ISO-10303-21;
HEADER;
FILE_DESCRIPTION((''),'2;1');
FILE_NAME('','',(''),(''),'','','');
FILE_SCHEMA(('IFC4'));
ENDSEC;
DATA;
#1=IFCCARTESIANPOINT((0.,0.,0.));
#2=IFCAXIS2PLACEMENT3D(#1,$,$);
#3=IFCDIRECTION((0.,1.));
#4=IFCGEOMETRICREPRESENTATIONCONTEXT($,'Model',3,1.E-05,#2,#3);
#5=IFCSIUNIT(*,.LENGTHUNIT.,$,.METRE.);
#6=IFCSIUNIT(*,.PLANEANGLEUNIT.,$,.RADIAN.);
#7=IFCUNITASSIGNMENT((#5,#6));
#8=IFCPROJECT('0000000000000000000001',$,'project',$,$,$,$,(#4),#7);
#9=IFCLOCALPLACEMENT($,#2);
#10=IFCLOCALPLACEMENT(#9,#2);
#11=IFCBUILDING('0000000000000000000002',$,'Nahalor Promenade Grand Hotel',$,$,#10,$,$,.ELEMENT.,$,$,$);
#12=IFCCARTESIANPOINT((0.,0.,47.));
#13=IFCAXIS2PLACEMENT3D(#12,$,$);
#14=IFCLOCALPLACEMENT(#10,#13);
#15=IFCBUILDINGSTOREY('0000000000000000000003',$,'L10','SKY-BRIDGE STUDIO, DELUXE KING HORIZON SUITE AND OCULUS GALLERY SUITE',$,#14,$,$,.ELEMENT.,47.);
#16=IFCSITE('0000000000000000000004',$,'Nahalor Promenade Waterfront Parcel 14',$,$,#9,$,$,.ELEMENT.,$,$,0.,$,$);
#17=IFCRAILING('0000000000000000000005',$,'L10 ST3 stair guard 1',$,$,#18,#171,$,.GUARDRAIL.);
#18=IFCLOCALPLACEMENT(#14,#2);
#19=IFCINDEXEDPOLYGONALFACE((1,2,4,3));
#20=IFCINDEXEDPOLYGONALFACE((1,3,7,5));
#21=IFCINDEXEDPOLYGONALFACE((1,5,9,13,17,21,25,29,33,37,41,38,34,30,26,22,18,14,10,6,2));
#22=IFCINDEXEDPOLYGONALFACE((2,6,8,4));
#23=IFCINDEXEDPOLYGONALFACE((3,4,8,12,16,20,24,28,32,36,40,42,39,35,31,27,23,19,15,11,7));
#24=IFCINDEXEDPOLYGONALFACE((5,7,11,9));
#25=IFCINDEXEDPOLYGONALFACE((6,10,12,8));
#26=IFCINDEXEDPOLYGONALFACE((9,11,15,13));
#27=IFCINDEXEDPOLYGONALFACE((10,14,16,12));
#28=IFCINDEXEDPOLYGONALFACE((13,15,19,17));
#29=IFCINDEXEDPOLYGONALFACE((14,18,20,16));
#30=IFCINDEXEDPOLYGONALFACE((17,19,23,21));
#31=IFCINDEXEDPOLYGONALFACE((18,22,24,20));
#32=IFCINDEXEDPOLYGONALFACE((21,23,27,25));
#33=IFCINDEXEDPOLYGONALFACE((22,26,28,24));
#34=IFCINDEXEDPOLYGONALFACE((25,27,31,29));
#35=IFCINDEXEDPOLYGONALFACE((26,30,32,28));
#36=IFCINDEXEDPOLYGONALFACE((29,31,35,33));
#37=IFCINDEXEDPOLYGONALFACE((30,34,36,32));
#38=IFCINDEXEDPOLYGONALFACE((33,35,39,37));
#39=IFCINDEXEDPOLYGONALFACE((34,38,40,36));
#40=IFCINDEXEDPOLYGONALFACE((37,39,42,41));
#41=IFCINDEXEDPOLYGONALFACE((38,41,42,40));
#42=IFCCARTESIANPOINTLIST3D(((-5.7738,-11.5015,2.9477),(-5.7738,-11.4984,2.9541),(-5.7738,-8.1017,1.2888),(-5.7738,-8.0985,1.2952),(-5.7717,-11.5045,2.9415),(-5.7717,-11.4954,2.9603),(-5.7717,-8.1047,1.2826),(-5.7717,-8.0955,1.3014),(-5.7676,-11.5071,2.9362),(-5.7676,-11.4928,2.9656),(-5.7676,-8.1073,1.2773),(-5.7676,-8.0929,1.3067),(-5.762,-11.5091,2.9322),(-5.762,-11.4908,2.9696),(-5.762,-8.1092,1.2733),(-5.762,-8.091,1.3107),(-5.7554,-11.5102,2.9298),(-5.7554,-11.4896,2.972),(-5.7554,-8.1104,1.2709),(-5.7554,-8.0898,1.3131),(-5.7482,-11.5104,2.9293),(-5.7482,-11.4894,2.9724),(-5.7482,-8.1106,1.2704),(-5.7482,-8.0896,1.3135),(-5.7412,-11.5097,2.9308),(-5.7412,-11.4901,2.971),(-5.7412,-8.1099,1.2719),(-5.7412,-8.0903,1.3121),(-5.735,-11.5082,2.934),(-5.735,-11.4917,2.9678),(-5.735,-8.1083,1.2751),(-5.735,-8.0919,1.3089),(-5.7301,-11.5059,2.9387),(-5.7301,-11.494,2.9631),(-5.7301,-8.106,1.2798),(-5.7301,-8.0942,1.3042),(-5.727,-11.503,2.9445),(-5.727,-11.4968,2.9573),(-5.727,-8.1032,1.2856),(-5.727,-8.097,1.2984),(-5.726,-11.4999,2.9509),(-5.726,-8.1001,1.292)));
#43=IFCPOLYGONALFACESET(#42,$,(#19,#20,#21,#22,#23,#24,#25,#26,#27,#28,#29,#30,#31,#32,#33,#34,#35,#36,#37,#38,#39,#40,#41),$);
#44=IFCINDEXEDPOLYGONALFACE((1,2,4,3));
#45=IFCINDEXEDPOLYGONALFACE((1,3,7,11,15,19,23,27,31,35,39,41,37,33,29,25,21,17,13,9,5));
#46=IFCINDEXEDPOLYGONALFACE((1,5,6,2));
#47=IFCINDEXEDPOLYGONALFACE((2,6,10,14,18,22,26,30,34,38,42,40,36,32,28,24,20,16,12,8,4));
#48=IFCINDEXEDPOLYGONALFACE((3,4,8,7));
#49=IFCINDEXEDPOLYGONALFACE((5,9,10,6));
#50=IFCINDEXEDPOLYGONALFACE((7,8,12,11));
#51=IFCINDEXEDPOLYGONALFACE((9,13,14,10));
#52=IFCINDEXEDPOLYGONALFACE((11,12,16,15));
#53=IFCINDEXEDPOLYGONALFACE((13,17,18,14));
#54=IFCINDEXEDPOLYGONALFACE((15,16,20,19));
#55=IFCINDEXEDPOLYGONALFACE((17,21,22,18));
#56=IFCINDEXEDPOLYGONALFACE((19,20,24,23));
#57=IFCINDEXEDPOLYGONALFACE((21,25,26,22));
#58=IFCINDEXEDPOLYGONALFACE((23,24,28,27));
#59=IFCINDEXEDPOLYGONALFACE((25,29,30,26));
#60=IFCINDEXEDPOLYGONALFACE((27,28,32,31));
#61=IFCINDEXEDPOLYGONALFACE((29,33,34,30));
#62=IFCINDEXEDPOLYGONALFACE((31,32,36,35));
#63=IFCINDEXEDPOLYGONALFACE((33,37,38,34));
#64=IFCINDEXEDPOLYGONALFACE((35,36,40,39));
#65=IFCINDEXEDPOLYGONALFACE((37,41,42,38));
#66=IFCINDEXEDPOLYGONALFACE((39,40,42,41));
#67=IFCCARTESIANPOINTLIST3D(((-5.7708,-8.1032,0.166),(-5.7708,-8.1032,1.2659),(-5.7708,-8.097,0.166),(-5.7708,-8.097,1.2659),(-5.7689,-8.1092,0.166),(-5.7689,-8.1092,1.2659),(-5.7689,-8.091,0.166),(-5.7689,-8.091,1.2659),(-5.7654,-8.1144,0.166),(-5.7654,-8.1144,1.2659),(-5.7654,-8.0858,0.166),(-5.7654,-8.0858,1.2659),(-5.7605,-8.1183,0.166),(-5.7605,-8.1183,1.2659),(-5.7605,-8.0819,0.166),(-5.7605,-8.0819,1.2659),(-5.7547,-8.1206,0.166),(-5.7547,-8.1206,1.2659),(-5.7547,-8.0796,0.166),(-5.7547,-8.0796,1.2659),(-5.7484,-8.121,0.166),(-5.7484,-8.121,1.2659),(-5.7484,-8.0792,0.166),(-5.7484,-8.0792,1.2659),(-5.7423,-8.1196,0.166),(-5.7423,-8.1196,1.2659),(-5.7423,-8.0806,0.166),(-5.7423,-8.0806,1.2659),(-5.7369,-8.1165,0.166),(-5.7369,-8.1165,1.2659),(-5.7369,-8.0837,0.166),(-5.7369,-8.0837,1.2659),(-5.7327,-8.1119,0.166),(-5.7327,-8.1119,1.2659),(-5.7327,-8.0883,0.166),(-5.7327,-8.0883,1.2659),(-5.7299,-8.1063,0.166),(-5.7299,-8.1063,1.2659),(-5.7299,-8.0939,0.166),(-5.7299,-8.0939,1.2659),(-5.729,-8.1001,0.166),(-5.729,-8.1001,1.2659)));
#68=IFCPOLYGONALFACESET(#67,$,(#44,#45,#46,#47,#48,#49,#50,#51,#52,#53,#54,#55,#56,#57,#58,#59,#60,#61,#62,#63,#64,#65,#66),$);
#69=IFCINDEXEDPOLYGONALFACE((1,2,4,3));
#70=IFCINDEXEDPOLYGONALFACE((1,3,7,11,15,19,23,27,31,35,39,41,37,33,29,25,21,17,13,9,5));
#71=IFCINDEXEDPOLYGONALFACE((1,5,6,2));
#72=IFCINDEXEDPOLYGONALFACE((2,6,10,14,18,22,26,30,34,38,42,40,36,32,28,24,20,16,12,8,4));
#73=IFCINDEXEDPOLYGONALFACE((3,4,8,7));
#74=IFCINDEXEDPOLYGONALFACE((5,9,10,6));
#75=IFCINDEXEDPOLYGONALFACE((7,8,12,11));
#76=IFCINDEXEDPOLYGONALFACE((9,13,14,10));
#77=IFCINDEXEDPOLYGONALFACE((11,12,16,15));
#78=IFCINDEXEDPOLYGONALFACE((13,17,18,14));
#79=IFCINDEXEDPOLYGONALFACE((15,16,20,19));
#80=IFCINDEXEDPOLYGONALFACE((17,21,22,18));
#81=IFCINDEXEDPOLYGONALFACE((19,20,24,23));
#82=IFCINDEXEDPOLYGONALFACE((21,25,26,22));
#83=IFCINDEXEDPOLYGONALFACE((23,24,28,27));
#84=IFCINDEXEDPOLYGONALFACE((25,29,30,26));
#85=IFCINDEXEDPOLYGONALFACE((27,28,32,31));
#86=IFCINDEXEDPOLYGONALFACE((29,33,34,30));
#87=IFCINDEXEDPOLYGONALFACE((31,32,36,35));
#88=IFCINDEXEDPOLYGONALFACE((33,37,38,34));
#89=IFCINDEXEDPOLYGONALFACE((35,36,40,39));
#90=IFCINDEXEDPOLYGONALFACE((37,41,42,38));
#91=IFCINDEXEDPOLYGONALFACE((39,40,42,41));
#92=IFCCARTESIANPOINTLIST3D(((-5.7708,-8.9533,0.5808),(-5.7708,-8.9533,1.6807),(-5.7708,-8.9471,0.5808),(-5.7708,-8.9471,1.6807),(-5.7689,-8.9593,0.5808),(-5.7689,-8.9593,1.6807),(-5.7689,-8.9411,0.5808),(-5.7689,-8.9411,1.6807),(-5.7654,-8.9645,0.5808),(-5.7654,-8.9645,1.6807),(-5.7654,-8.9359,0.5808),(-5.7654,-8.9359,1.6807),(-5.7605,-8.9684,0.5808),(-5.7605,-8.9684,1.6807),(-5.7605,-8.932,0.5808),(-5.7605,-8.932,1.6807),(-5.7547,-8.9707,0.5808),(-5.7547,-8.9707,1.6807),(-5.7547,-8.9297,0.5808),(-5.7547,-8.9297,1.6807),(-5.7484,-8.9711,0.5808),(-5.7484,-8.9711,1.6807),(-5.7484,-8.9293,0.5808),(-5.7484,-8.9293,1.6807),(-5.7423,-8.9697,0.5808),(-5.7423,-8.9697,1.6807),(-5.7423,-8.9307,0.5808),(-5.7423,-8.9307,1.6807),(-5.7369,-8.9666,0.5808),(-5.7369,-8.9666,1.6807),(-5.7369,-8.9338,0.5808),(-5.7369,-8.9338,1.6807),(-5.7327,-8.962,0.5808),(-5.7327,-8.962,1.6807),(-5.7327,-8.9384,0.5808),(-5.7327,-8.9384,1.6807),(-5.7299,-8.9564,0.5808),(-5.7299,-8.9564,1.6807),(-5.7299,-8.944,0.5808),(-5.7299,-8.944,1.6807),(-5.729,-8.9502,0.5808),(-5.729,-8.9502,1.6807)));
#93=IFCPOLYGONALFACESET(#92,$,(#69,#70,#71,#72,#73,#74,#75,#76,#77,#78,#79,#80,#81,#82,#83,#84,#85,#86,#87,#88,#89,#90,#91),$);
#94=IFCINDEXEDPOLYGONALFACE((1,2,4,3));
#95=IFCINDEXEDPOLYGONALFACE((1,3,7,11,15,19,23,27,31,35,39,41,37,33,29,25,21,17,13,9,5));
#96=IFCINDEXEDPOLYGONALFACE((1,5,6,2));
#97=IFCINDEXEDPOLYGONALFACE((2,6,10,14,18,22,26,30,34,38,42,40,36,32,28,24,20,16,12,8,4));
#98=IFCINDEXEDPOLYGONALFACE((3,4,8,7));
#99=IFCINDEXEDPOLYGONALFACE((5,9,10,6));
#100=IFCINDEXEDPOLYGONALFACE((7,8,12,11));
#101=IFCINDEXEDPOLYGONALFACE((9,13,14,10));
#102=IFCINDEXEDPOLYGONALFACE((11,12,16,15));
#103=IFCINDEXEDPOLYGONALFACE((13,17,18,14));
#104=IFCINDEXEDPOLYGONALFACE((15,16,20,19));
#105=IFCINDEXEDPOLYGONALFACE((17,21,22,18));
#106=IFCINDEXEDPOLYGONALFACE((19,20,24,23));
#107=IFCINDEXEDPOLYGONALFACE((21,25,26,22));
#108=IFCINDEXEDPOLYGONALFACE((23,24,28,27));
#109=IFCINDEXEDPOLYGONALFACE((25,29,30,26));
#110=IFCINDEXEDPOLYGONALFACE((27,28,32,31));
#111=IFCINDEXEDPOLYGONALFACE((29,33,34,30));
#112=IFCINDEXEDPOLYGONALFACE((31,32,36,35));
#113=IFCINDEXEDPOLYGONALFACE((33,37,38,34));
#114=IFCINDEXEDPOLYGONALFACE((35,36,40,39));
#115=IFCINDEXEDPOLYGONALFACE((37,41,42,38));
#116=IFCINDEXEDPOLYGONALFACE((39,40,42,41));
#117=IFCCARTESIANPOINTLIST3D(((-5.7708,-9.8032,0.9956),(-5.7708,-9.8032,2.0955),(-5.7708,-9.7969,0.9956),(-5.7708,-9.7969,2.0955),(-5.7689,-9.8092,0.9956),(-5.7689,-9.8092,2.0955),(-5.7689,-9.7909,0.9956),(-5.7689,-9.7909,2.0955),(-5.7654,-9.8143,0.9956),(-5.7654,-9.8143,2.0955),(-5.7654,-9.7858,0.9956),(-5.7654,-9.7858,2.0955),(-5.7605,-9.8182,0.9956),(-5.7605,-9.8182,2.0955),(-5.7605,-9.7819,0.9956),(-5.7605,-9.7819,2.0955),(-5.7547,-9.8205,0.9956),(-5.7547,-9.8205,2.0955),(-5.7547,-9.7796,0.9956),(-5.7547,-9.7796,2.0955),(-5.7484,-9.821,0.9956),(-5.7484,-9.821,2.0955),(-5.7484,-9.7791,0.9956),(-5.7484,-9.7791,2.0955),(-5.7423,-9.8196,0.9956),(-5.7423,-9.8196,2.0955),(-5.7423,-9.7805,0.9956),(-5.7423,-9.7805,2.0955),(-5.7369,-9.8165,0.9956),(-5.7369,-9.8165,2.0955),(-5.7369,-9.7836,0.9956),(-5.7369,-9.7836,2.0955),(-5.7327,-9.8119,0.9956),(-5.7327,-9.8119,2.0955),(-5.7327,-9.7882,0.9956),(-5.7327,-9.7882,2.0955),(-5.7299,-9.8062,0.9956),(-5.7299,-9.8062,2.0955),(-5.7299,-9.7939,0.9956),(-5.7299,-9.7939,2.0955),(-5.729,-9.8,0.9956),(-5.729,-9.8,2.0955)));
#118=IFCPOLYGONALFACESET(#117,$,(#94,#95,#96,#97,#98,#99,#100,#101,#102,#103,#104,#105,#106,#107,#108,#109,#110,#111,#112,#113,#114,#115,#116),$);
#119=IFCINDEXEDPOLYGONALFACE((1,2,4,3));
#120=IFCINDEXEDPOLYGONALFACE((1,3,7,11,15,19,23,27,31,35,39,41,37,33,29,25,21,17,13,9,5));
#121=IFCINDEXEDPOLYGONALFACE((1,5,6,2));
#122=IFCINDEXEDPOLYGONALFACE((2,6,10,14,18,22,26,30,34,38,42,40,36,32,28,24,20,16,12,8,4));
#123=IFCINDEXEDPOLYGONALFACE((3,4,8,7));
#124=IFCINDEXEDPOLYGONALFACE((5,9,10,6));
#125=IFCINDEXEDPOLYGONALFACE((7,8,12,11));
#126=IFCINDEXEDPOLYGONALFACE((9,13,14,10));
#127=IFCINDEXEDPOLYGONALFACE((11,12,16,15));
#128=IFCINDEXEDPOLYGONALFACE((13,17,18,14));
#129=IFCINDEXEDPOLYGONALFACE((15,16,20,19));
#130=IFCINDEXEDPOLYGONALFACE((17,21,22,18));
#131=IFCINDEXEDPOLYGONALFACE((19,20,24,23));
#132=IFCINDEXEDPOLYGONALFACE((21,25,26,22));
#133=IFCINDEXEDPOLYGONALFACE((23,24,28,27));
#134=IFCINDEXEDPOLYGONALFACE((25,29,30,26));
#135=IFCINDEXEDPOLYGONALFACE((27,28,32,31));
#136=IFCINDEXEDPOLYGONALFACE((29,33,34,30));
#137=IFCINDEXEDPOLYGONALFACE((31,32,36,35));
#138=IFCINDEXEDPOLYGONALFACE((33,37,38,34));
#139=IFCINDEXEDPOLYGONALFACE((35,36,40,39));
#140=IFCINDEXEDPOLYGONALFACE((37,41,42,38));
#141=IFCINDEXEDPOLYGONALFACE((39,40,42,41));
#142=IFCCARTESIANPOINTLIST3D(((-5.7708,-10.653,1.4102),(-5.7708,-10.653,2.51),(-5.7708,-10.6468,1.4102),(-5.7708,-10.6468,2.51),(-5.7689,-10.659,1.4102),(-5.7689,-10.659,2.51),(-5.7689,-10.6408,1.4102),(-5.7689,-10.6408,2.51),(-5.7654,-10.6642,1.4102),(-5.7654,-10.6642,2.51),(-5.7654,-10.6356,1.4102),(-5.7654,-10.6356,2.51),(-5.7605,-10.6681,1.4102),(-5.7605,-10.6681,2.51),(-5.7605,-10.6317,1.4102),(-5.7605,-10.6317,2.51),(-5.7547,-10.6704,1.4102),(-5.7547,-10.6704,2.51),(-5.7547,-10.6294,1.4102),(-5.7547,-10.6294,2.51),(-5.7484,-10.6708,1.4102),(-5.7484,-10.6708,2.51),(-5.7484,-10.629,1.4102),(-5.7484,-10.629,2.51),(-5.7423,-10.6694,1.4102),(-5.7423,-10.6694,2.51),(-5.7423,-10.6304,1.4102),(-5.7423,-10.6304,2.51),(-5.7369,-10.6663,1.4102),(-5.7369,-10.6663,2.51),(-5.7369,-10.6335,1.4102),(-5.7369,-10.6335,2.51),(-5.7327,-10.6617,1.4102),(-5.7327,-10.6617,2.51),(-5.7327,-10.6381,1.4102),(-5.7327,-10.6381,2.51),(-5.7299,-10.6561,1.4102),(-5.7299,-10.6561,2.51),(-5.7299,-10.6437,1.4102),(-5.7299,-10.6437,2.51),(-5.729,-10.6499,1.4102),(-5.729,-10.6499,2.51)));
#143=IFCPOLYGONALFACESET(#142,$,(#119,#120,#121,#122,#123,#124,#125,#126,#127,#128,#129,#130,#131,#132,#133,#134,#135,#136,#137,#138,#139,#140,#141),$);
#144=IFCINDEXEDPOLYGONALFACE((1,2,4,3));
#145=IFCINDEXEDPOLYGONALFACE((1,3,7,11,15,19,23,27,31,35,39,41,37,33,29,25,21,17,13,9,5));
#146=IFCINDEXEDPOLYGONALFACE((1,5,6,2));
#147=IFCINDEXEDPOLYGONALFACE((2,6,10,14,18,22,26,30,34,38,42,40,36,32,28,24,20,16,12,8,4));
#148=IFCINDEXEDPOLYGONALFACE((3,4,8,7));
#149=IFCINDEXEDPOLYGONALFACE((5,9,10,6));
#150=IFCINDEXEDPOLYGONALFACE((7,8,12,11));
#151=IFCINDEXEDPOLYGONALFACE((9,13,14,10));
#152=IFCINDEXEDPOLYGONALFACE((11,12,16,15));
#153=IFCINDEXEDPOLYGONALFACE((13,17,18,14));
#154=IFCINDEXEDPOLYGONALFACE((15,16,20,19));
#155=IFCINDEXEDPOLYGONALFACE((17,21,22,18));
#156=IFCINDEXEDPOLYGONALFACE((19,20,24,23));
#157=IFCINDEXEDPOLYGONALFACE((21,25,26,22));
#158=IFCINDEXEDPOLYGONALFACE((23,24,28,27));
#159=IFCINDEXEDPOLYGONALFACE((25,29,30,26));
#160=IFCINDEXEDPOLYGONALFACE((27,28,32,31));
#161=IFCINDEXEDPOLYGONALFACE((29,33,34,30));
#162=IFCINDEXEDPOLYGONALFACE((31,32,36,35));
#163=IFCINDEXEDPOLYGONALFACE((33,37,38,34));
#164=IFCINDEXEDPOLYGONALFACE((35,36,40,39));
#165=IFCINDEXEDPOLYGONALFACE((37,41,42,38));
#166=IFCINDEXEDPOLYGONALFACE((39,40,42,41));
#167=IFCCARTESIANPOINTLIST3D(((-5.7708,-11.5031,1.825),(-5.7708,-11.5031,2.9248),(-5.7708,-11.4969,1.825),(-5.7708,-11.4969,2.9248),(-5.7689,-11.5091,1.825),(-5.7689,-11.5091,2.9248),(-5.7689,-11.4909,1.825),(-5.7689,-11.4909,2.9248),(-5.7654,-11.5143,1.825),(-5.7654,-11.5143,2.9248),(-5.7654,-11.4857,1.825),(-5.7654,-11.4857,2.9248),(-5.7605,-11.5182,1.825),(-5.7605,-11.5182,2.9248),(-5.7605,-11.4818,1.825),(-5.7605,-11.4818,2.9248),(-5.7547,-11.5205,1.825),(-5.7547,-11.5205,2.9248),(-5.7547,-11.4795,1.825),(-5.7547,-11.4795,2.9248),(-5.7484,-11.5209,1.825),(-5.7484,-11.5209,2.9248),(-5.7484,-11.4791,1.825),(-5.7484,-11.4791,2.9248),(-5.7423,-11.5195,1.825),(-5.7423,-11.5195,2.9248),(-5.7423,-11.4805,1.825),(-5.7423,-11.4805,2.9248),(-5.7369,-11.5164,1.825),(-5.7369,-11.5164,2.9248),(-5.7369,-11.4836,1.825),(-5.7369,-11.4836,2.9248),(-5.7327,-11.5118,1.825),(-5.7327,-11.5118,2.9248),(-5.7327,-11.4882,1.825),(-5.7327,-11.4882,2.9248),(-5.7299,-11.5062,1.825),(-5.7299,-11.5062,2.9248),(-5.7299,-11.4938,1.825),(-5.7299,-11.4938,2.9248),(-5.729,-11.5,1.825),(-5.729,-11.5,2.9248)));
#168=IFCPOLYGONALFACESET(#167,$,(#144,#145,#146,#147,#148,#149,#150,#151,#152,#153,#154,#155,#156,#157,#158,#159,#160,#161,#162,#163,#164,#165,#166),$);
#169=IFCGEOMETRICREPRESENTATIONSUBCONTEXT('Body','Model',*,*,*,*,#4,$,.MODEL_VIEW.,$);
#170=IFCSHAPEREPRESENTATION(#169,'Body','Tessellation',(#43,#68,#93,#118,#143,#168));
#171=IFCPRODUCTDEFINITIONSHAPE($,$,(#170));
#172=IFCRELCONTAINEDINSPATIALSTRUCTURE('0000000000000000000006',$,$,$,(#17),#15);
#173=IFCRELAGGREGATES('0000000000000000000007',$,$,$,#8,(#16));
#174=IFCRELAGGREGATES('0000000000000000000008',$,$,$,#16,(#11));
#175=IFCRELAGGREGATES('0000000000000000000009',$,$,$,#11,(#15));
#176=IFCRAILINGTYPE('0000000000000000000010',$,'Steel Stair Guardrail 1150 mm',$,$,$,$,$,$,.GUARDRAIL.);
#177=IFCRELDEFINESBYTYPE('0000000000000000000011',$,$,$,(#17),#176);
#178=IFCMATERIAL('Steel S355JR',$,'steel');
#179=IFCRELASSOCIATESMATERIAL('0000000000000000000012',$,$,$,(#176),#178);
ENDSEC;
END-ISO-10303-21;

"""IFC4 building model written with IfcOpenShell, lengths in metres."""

from ifc_helpers import new_model, si_unit, direction, frame, origin, origin_2d, place, context, subcontext, project, spatial, circle, extrude, material, type_object, element, save


model = new_model("IFC4")

# Units and contexts
model_context = context("Model", 3, precision=1e-05, world=origin(), true_north=direction((0.0, 1.0)))
body_context = subcontext(model_context, "Body", "Model", "MODEL_VIEW")
ifc_project = project(units=[si_unit("LENGTHUNIT", "METRE"), si_unit("PLANEANGLEUNIT", "RADIAN")], contexts=[model_context])

# Site, building, storey
site_placement = place(None, origin())
site = spatial("IfcSite", under=ifc_project, at=site_placement, Name="Nahalor Promenade Waterfront Parcel 14", CompositionType="ELEMENT", RefElevation=0.0)
building_placement = place(site_placement, origin())
building = spatial("IfcBuilding", under=site, at=building_placement, Name="Nahalor Promenade Grand Hotel", CompositionType="ELEMENT")
storey_placement = place(building_placement, frame((0.0, 0.0, 47.0)))
storey = spatial("IfcBuildingStorey", under=building, at=storey_placement, Name="L10", Description="SKY-BRIDGE STUDIO, DELUXE KING HORIZON SUITE AND OCULUS GALLERY SUITE", CompositionType="ELEMENT", Elevation=47.0)

# Shared definitions
ifc_material_1 = material(Name="Steel S355JR", Category="steel")

# Railing
railing_type_1 = type_object("IfcRailingType", Name="Steel Stair Guardrail 1150 mm", PredefinedType="GUARDRAIL", material=ifc_material_1)
railing_1_placement = place(storey_placement, frame((-5.75, -8.1001, 0.166)))
element("IfcRailing", 1, at=railing_1_placement, inside=storey, type_object=railing_type_1, Name="L10 ST3 stair guard 1", PredefinedType="GUARDRAIL", context=body_context, shape_type="SweptSolid", body=[
    extrude(circle(Radius=0.024, at=origin_2d()), frame((0.0, 0.0, 1.126), z_axis=(0.0, -0.898722, 0.438519), x_axis=(1.0, 0.0, 0.0)), (0.0, 0.0, 1.0), 3.783),
    extrude(circle(Radius=0.021, at=origin_2d()), origin(), (0.0, 0.0, 1.0), 1.0999),
    extrude(circle(Radius=0.021, at=origin_2d()), frame((0.0, -0.8501, 0.4148)), (0.0, 0.0, 1.0), 1.0999),
    extrude(circle(Radius=0.021, at=origin_2d()), frame((0.0, -1.7, 0.8296)), (0.0, 0.0, 1.0), 1.0999),
    extrude(circle(Radius=0.021, at=origin_2d()), frame((0.0, -2.5498, 1.2441)), (0.0, 0.0, 1.0), 1.0999),
    extrude(circle(Radius=0.021, at=origin_2d()), frame((0.0, -3.3999, 1.6589)), (0.0, 0.0, 1.0), 1.0999),
])

save(model, "model.ifc")
